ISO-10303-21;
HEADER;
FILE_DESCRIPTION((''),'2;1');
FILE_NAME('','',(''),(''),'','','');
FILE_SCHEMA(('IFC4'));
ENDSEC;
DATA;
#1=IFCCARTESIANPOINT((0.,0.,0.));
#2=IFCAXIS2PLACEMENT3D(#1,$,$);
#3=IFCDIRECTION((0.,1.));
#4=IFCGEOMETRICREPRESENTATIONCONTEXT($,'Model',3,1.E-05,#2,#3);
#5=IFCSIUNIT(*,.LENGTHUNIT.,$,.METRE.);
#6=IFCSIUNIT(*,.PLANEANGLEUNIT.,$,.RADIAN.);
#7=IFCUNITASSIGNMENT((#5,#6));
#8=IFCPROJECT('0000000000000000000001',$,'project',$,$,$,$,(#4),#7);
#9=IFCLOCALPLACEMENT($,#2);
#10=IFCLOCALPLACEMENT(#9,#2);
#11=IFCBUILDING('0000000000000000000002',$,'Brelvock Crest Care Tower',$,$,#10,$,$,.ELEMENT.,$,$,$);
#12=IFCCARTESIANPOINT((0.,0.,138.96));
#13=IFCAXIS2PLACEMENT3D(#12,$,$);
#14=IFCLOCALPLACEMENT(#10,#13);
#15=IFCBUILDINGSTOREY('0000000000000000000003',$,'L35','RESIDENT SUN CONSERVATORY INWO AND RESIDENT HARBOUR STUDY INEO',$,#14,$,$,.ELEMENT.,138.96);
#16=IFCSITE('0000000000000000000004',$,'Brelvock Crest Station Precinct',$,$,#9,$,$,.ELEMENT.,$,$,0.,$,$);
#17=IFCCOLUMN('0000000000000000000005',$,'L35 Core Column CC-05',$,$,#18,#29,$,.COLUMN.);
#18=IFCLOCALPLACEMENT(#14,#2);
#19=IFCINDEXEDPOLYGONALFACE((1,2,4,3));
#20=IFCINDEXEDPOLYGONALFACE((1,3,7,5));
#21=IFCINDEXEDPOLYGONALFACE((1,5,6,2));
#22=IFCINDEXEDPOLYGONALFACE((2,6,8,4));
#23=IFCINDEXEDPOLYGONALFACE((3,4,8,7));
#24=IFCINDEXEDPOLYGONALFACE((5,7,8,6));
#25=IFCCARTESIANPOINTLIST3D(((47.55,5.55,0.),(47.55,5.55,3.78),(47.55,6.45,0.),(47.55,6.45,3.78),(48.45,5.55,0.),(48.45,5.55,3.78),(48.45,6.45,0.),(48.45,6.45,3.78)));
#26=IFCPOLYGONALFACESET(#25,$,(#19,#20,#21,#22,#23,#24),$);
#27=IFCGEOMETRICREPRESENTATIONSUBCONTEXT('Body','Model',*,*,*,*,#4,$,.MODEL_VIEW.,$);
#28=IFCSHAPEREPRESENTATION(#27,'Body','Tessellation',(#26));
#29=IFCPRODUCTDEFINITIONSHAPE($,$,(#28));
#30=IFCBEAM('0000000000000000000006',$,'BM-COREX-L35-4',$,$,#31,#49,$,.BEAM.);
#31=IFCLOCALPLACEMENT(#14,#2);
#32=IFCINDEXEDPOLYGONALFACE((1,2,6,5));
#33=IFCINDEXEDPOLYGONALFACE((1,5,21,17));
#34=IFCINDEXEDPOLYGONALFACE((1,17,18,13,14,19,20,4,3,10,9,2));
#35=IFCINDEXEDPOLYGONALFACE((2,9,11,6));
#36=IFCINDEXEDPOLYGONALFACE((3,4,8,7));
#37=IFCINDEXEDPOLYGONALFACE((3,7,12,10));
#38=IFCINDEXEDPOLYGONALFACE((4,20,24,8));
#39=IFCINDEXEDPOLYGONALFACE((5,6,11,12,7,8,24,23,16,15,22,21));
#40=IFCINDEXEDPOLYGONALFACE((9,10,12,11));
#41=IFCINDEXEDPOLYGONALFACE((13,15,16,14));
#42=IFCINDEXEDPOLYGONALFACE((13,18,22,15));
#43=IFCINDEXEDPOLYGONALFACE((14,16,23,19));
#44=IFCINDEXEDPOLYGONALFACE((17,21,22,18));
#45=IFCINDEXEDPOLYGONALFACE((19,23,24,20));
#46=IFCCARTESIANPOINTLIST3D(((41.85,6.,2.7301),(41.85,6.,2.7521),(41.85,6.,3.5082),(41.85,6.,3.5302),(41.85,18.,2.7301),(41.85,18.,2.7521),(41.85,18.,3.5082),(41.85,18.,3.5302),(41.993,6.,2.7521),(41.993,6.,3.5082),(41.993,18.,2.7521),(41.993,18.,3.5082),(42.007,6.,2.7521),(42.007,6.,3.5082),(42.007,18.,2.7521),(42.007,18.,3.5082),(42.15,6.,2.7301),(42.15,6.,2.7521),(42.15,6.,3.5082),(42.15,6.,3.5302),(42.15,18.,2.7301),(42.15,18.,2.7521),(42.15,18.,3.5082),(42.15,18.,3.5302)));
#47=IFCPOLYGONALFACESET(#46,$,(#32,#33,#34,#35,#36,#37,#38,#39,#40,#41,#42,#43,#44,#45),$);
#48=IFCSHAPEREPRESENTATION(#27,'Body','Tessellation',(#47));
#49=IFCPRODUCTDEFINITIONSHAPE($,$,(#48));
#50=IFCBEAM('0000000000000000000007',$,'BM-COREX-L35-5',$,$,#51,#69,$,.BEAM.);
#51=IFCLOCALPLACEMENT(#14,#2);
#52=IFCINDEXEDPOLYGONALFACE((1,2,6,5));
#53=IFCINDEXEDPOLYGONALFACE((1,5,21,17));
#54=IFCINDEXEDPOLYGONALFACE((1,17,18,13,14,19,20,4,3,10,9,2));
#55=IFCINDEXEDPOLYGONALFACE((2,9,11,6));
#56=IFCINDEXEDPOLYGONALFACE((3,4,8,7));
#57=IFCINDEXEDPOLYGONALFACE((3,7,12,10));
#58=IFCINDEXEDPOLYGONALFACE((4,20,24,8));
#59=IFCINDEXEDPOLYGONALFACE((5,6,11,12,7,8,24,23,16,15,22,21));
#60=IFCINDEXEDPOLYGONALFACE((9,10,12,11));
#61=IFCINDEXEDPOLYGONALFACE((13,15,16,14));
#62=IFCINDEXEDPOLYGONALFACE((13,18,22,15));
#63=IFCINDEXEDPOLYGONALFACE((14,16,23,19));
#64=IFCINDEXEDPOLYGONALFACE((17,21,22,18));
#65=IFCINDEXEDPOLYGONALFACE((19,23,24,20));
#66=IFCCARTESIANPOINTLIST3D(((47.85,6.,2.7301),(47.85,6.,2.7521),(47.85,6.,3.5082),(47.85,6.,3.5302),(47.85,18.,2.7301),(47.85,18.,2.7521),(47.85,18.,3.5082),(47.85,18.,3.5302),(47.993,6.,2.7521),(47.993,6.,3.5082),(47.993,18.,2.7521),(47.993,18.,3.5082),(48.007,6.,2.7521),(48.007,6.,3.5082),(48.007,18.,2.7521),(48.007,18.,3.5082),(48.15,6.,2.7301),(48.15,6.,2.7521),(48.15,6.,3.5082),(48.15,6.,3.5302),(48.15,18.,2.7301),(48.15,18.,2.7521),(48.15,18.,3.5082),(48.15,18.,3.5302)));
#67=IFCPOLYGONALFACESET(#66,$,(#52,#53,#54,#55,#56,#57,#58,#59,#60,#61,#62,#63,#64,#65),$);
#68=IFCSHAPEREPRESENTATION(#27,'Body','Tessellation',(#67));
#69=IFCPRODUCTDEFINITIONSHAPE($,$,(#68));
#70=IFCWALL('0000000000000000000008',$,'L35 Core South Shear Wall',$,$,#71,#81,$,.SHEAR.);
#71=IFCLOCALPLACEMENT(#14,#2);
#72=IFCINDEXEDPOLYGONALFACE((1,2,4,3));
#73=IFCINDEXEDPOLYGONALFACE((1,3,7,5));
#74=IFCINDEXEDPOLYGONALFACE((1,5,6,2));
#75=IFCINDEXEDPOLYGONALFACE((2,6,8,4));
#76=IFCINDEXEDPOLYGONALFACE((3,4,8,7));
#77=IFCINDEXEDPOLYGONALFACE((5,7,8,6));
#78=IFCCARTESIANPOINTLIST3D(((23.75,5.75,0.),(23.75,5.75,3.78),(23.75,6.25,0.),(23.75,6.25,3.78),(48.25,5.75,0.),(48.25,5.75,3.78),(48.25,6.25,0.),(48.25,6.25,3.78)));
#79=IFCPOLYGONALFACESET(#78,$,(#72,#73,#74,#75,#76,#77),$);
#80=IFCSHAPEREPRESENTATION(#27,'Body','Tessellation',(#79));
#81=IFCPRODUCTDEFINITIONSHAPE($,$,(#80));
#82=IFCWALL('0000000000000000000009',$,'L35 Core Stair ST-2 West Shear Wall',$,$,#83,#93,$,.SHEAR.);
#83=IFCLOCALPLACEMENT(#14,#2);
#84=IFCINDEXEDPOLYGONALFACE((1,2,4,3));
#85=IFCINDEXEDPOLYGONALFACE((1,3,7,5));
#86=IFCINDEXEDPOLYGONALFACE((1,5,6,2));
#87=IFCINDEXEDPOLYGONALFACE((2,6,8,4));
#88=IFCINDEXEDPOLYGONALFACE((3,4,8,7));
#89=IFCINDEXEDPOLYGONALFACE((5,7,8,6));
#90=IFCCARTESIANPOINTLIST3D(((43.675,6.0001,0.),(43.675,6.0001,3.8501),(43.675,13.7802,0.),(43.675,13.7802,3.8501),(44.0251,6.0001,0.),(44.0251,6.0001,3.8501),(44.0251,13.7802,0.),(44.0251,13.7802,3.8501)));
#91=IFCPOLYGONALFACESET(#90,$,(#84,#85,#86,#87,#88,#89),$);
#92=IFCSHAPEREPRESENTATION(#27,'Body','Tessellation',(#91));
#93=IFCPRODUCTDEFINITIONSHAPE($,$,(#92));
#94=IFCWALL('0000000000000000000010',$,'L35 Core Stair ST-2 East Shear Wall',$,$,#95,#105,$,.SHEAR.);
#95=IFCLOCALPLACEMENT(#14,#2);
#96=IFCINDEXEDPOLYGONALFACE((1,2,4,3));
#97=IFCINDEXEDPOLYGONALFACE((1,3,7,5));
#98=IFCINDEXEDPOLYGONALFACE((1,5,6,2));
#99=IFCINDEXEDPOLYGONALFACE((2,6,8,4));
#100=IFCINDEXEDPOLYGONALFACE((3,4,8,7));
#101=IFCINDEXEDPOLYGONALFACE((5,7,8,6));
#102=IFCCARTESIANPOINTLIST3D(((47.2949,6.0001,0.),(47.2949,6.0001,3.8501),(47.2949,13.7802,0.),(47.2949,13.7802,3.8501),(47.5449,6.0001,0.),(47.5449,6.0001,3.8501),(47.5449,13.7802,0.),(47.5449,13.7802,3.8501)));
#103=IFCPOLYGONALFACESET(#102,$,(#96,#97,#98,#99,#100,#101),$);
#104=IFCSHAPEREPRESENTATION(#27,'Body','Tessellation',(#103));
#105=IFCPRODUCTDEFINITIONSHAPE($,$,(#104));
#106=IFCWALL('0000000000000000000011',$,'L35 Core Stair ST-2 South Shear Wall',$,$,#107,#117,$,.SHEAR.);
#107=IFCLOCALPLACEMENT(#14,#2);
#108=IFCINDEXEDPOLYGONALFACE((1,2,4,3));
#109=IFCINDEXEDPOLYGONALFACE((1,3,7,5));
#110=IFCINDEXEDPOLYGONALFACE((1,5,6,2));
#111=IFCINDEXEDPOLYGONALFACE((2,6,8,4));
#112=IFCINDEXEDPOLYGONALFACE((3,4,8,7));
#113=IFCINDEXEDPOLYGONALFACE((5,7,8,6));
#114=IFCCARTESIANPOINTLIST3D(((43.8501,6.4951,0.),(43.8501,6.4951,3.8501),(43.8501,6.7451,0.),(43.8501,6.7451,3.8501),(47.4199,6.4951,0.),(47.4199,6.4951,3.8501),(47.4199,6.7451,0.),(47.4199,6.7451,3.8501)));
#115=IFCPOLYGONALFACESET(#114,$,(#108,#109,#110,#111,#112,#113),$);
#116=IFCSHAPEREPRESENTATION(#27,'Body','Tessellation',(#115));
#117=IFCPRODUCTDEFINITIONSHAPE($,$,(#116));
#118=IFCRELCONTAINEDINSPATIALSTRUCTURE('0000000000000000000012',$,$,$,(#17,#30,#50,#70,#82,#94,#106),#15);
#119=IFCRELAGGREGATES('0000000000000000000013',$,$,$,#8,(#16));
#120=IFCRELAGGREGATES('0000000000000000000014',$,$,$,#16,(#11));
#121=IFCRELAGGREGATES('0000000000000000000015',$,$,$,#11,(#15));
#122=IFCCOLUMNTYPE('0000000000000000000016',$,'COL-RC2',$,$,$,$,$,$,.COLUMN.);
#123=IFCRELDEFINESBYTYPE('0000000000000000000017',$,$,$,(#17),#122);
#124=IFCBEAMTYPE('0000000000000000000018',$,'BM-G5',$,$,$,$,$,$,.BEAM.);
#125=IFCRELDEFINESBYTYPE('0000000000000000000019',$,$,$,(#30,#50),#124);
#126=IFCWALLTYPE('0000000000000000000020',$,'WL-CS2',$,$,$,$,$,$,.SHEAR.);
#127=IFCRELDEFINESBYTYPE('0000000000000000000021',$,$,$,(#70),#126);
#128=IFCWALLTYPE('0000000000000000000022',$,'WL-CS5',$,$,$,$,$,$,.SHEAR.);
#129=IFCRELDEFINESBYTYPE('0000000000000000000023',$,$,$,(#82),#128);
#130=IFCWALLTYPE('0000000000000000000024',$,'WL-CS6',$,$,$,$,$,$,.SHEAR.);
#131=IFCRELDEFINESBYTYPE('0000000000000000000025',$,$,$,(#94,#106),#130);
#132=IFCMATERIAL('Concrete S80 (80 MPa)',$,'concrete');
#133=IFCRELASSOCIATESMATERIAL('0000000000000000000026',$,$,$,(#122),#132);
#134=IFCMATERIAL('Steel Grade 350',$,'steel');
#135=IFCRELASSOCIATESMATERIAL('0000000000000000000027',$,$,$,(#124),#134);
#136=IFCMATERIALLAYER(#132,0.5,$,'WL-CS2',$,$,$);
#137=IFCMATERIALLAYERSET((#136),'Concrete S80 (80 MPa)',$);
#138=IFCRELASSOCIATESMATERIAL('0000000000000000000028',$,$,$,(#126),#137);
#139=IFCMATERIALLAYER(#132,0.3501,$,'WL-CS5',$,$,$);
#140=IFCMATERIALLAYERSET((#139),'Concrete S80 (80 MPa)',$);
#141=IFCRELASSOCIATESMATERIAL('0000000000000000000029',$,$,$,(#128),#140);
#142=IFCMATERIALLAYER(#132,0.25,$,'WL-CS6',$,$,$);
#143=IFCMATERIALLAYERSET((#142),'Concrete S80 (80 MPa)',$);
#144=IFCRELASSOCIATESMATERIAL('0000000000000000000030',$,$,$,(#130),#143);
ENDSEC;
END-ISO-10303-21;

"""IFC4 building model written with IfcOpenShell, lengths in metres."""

from ifc_helpers import new_model, si_unit, direction, frame, frame_2d, origin, origin_2d, place, context, subcontext, project, spatial, rectangle, i_section, extrude, source, transform, mapped, material, layer, layer_set, material_profile, profile_set, type_object, element, save


model = new_model("IFC4")

# Units and contexts
model_context = context("Model", 3, precision=1e-05, world=origin(), true_north=direction((0.0, 1.0)))
body_context = subcontext(model_context, "Body", "Model", "MODEL_VIEW")
ifc_project = project(units=[si_unit("LENGTHUNIT", "METRE"), si_unit("PLANEANGLEUNIT", "RADIAN")], contexts=[model_context])

# Site, building, storey
site_placement = place(None, origin())
site = spatial("IfcSite", under=ifc_project, at=site_placement, Name="Brelvock Crest Station Precinct", CompositionType="ELEMENT", RefElevation=0.0)
building_placement = place(site_placement, origin())
building = spatial("IfcBuilding", under=site, at=building_placement, Name="Brelvock Crest Care Tower", CompositionType="ELEMENT")
storey_placement = place(building_placement, frame((0.0, 0.0, 138.96)))
storey = spatial("IfcBuildingStorey", under=building, at=storey_placement, Name="L35", Description="RESIDENT SUN CONSERVATORY INWO AND RESIDENT HARBOUR STUDY INEO", CompositionType="ELEMENT", Elevation=138.96)

# Column
ifc_material_1 = material(Name="Concrete S80 (80 MPa)", Category="concrete")
ifc_material_profile_1 = material_profile(ifc_material_1, rectangle(XDim=0.8999, YDim=0.8999, at=origin_2d()), Name="RC900x900")
ifc_profile_set_1 = profile_set([ifc_material_profile_1], Name="Concrete S80 (80 MPa)")
column_type = type_object("IfcColumnType", Name="COL-RC2", PredefinedType="COLUMN", material=ifc_profile_set_1)
shared_shape_1 = source(origin(), body_context, "Body", "SweptSolid", [
    extrude(rectangle(XDim=0.8999, YDim=0.8999, at=origin_2d()), origin(), (0.0, 0.0, 1.0), 3.78),
])
column_placement = place(storey_placement, frame((48.0, 6.0, 0.0), z_axis=(0.0, 0.0, 1.0), x_axis=(1.0, 0.0, 0.0)))
element("IfcColumn", 1, at=column_placement, inside=storey, type_object=column_type, Name="L35 Core Column CC-05", PredefinedType="COLUMN", context=body_context, shape_type="MappedRepresentation", body=[
    mapped(shared_shape_1, transform((0.0, 0.0, 0.0), x_axis=(1.0, 0.0, 0.0), y_axis=(0.0, 1.0, 0.0), z_axis=(0.0, 0.0, 1.0), scale=1.0)),
])

# Beams
ifc_material_2 = material(Name="Steel Grade 350", Category="steel")
ifc_material_profile_2 = material_profile(ifc_material_2, i_section(OverallWidth=0.3, OverallDepth=0.8, WebThickness=0.0139, FlangeThickness=0.022, at=origin_2d()), Name="800WB192")
ifc_profile_set_2 = profile_set([ifc_material_profile_2], Name="Steel Grade 350")
beam_type = type_object("IfcBeamType", Name="BM-G5", PredefinedType="BEAM", material=ifc_profile_set_2)
shared_shape_2 = source(origin(), body_context, "Body", "SweptSolid", [
    extrude(i_section(OverallWidth=0.3, OverallDepth=0.8, WebThickness=0.0139, FlangeThickness=0.022, at=origin_2d()), origin(), (0.0, 0.0, 1.0), 12.0),
])
for number, where, z_axis, x_axis, name in (
    (2, (42.0, 6.0, 3.1301), (0.0, 1.0, 0.0), (-1.0, 0.0, 0.0), "BM-COREX-L35-4"),
    (3, (48.0, 6.0, 3.1301), (0.0, 1.0, 0.0), (-1.0, 0.0, 0.0), "BM-COREX-L35-5"),
):
    element("IfcBeam", number, at=place(storey_placement, frame(where, z_axis=z_axis, x_axis=x_axis)), inside=storey, type_object=beam_type, Name=name, PredefinedType="BEAM", context=body_context, shape_type="MappedRepresentation", body=[
        mapped(shared_shape_2, transform((0.0, 0.0, 0.0), x_axis=(1.0, 0.0, 0.0), y_axis=(0.0, 1.0, 0.0), z_axis=(0.0, 0.0, 1.0), scale=1.0)),
    ])

# Walls
ifc_layer_1 = layer(ifc_material_1, 0.5, Name="WL-CS2")
ifc_layer_set_1 = layer_set([ifc_layer_1], Name="Concrete S80 (80 MPa)")
wall_type_1 = type_object("IfcWallType", Name="WL-CS2", PredefinedType="SHEAR", material=ifc_layer_set_1)
wall_1_placement = place(storey_placement, frame((48.25, 6.0, 0.0), z_axis=(0.0, 0.0, 1.0), x_axis=(-1.0, 0.0, 0.0)))
element("IfcWall", 4, at=wall_1_placement, inside=storey, type_object=wall_type_1, Name="L35 Core South Shear Wall", PredefinedType="SHEAR", context=body_context, shape_type="SweptSolid", body=[
    extrude(rectangle(XDim=24.5, YDim=0.5, at=frame_2d((12.25, 0.0))), origin(), (0.0, 0.0, 1.0), 3.78),
])
ifc_layer_2 = layer(ifc_material_1, 0.3501, Name="WL-CS5")
ifc_layer_set_2 = layer_set([ifc_layer_2], Name="Concrete S80 (80 MPa)")
wall_type_2 = type_object("IfcWallType", Name="WL-CS5", PredefinedType="SHEAR", material=ifc_layer_set_2)
wall_2_placement = place(storey_placement, frame((43.8501, 6.0, 0.0), z_axis=(0.0, 0.0, 1.0), x_axis=(0.0, 1.0, 0.0)))
element("IfcWall", 5, at=wall_2_placement, inside=storey, type_object=wall_type_2, Name="L35 Core Stair ST-2 West Shear Wall", PredefinedType="SHEAR", context=body_context, shape_type="SweptSolid", body=[
    extrude(rectangle(XDim=7.78, YDim=0.3501, at=frame_2d((3.8901, 0.0))), origin(), (0.0, 0.0, 1.0), 3.8501),
])
ifc_layer_3 = layer(ifc_material_1, 0.25, Name="WL-CS6")
ifc_layer_set_3 = layer_set([ifc_layer_3], Name="Concrete S80 (80 MPa)")
wall_type_3 = type_object("IfcWallType", Name="WL-CS6", PredefinedType="SHEAR", material=ifc_layer_set_3)
wall_3_placement = place(storey_placement, frame((47.4199, 6.0, 0.0), z_axis=(0.0, 0.0, 1.0), x_axis=(0.0, 1.0, 0.0)))
element("IfcWall", 6, at=wall_3_placement, inside=storey, type_object=wall_type_3, Name="L35 Core Stair ST-2 East Shear Wall", PredefinedType="SHEAR", context=body_context, shape_type="SweptSolid", body=[
    extrude(rectangle(XDim=7.78, YDim=0.25, at=frame_2d((3.8901, 0.0))), origin(), (0.0, 0.0, 1.0), 3.8501),
])
wall_4_placement = place(storey_placement, frame((43.8501, 6.6201, 0.0), z_axis=(0.0, 0.0, 1.0), x_axis=(1.0, 0.0, 0.0)))
element("IfcWall", 7, at=wall_4_placement, inside=storey, type_object=wall_type_3, Name="L35 Core Stair ST-2 South Shear Wall", PredefinedType="SHEAR", context=body_context, shape_type="SweptSolid", body=[
    extrude(rectangle(XDim=3.5698, YDim=0.25, at=frame_2d((1.7849, 0.0))), origin(), (0.0, 0.0, 1.0), 3.8501),
])

save(model, "model.ifc")
